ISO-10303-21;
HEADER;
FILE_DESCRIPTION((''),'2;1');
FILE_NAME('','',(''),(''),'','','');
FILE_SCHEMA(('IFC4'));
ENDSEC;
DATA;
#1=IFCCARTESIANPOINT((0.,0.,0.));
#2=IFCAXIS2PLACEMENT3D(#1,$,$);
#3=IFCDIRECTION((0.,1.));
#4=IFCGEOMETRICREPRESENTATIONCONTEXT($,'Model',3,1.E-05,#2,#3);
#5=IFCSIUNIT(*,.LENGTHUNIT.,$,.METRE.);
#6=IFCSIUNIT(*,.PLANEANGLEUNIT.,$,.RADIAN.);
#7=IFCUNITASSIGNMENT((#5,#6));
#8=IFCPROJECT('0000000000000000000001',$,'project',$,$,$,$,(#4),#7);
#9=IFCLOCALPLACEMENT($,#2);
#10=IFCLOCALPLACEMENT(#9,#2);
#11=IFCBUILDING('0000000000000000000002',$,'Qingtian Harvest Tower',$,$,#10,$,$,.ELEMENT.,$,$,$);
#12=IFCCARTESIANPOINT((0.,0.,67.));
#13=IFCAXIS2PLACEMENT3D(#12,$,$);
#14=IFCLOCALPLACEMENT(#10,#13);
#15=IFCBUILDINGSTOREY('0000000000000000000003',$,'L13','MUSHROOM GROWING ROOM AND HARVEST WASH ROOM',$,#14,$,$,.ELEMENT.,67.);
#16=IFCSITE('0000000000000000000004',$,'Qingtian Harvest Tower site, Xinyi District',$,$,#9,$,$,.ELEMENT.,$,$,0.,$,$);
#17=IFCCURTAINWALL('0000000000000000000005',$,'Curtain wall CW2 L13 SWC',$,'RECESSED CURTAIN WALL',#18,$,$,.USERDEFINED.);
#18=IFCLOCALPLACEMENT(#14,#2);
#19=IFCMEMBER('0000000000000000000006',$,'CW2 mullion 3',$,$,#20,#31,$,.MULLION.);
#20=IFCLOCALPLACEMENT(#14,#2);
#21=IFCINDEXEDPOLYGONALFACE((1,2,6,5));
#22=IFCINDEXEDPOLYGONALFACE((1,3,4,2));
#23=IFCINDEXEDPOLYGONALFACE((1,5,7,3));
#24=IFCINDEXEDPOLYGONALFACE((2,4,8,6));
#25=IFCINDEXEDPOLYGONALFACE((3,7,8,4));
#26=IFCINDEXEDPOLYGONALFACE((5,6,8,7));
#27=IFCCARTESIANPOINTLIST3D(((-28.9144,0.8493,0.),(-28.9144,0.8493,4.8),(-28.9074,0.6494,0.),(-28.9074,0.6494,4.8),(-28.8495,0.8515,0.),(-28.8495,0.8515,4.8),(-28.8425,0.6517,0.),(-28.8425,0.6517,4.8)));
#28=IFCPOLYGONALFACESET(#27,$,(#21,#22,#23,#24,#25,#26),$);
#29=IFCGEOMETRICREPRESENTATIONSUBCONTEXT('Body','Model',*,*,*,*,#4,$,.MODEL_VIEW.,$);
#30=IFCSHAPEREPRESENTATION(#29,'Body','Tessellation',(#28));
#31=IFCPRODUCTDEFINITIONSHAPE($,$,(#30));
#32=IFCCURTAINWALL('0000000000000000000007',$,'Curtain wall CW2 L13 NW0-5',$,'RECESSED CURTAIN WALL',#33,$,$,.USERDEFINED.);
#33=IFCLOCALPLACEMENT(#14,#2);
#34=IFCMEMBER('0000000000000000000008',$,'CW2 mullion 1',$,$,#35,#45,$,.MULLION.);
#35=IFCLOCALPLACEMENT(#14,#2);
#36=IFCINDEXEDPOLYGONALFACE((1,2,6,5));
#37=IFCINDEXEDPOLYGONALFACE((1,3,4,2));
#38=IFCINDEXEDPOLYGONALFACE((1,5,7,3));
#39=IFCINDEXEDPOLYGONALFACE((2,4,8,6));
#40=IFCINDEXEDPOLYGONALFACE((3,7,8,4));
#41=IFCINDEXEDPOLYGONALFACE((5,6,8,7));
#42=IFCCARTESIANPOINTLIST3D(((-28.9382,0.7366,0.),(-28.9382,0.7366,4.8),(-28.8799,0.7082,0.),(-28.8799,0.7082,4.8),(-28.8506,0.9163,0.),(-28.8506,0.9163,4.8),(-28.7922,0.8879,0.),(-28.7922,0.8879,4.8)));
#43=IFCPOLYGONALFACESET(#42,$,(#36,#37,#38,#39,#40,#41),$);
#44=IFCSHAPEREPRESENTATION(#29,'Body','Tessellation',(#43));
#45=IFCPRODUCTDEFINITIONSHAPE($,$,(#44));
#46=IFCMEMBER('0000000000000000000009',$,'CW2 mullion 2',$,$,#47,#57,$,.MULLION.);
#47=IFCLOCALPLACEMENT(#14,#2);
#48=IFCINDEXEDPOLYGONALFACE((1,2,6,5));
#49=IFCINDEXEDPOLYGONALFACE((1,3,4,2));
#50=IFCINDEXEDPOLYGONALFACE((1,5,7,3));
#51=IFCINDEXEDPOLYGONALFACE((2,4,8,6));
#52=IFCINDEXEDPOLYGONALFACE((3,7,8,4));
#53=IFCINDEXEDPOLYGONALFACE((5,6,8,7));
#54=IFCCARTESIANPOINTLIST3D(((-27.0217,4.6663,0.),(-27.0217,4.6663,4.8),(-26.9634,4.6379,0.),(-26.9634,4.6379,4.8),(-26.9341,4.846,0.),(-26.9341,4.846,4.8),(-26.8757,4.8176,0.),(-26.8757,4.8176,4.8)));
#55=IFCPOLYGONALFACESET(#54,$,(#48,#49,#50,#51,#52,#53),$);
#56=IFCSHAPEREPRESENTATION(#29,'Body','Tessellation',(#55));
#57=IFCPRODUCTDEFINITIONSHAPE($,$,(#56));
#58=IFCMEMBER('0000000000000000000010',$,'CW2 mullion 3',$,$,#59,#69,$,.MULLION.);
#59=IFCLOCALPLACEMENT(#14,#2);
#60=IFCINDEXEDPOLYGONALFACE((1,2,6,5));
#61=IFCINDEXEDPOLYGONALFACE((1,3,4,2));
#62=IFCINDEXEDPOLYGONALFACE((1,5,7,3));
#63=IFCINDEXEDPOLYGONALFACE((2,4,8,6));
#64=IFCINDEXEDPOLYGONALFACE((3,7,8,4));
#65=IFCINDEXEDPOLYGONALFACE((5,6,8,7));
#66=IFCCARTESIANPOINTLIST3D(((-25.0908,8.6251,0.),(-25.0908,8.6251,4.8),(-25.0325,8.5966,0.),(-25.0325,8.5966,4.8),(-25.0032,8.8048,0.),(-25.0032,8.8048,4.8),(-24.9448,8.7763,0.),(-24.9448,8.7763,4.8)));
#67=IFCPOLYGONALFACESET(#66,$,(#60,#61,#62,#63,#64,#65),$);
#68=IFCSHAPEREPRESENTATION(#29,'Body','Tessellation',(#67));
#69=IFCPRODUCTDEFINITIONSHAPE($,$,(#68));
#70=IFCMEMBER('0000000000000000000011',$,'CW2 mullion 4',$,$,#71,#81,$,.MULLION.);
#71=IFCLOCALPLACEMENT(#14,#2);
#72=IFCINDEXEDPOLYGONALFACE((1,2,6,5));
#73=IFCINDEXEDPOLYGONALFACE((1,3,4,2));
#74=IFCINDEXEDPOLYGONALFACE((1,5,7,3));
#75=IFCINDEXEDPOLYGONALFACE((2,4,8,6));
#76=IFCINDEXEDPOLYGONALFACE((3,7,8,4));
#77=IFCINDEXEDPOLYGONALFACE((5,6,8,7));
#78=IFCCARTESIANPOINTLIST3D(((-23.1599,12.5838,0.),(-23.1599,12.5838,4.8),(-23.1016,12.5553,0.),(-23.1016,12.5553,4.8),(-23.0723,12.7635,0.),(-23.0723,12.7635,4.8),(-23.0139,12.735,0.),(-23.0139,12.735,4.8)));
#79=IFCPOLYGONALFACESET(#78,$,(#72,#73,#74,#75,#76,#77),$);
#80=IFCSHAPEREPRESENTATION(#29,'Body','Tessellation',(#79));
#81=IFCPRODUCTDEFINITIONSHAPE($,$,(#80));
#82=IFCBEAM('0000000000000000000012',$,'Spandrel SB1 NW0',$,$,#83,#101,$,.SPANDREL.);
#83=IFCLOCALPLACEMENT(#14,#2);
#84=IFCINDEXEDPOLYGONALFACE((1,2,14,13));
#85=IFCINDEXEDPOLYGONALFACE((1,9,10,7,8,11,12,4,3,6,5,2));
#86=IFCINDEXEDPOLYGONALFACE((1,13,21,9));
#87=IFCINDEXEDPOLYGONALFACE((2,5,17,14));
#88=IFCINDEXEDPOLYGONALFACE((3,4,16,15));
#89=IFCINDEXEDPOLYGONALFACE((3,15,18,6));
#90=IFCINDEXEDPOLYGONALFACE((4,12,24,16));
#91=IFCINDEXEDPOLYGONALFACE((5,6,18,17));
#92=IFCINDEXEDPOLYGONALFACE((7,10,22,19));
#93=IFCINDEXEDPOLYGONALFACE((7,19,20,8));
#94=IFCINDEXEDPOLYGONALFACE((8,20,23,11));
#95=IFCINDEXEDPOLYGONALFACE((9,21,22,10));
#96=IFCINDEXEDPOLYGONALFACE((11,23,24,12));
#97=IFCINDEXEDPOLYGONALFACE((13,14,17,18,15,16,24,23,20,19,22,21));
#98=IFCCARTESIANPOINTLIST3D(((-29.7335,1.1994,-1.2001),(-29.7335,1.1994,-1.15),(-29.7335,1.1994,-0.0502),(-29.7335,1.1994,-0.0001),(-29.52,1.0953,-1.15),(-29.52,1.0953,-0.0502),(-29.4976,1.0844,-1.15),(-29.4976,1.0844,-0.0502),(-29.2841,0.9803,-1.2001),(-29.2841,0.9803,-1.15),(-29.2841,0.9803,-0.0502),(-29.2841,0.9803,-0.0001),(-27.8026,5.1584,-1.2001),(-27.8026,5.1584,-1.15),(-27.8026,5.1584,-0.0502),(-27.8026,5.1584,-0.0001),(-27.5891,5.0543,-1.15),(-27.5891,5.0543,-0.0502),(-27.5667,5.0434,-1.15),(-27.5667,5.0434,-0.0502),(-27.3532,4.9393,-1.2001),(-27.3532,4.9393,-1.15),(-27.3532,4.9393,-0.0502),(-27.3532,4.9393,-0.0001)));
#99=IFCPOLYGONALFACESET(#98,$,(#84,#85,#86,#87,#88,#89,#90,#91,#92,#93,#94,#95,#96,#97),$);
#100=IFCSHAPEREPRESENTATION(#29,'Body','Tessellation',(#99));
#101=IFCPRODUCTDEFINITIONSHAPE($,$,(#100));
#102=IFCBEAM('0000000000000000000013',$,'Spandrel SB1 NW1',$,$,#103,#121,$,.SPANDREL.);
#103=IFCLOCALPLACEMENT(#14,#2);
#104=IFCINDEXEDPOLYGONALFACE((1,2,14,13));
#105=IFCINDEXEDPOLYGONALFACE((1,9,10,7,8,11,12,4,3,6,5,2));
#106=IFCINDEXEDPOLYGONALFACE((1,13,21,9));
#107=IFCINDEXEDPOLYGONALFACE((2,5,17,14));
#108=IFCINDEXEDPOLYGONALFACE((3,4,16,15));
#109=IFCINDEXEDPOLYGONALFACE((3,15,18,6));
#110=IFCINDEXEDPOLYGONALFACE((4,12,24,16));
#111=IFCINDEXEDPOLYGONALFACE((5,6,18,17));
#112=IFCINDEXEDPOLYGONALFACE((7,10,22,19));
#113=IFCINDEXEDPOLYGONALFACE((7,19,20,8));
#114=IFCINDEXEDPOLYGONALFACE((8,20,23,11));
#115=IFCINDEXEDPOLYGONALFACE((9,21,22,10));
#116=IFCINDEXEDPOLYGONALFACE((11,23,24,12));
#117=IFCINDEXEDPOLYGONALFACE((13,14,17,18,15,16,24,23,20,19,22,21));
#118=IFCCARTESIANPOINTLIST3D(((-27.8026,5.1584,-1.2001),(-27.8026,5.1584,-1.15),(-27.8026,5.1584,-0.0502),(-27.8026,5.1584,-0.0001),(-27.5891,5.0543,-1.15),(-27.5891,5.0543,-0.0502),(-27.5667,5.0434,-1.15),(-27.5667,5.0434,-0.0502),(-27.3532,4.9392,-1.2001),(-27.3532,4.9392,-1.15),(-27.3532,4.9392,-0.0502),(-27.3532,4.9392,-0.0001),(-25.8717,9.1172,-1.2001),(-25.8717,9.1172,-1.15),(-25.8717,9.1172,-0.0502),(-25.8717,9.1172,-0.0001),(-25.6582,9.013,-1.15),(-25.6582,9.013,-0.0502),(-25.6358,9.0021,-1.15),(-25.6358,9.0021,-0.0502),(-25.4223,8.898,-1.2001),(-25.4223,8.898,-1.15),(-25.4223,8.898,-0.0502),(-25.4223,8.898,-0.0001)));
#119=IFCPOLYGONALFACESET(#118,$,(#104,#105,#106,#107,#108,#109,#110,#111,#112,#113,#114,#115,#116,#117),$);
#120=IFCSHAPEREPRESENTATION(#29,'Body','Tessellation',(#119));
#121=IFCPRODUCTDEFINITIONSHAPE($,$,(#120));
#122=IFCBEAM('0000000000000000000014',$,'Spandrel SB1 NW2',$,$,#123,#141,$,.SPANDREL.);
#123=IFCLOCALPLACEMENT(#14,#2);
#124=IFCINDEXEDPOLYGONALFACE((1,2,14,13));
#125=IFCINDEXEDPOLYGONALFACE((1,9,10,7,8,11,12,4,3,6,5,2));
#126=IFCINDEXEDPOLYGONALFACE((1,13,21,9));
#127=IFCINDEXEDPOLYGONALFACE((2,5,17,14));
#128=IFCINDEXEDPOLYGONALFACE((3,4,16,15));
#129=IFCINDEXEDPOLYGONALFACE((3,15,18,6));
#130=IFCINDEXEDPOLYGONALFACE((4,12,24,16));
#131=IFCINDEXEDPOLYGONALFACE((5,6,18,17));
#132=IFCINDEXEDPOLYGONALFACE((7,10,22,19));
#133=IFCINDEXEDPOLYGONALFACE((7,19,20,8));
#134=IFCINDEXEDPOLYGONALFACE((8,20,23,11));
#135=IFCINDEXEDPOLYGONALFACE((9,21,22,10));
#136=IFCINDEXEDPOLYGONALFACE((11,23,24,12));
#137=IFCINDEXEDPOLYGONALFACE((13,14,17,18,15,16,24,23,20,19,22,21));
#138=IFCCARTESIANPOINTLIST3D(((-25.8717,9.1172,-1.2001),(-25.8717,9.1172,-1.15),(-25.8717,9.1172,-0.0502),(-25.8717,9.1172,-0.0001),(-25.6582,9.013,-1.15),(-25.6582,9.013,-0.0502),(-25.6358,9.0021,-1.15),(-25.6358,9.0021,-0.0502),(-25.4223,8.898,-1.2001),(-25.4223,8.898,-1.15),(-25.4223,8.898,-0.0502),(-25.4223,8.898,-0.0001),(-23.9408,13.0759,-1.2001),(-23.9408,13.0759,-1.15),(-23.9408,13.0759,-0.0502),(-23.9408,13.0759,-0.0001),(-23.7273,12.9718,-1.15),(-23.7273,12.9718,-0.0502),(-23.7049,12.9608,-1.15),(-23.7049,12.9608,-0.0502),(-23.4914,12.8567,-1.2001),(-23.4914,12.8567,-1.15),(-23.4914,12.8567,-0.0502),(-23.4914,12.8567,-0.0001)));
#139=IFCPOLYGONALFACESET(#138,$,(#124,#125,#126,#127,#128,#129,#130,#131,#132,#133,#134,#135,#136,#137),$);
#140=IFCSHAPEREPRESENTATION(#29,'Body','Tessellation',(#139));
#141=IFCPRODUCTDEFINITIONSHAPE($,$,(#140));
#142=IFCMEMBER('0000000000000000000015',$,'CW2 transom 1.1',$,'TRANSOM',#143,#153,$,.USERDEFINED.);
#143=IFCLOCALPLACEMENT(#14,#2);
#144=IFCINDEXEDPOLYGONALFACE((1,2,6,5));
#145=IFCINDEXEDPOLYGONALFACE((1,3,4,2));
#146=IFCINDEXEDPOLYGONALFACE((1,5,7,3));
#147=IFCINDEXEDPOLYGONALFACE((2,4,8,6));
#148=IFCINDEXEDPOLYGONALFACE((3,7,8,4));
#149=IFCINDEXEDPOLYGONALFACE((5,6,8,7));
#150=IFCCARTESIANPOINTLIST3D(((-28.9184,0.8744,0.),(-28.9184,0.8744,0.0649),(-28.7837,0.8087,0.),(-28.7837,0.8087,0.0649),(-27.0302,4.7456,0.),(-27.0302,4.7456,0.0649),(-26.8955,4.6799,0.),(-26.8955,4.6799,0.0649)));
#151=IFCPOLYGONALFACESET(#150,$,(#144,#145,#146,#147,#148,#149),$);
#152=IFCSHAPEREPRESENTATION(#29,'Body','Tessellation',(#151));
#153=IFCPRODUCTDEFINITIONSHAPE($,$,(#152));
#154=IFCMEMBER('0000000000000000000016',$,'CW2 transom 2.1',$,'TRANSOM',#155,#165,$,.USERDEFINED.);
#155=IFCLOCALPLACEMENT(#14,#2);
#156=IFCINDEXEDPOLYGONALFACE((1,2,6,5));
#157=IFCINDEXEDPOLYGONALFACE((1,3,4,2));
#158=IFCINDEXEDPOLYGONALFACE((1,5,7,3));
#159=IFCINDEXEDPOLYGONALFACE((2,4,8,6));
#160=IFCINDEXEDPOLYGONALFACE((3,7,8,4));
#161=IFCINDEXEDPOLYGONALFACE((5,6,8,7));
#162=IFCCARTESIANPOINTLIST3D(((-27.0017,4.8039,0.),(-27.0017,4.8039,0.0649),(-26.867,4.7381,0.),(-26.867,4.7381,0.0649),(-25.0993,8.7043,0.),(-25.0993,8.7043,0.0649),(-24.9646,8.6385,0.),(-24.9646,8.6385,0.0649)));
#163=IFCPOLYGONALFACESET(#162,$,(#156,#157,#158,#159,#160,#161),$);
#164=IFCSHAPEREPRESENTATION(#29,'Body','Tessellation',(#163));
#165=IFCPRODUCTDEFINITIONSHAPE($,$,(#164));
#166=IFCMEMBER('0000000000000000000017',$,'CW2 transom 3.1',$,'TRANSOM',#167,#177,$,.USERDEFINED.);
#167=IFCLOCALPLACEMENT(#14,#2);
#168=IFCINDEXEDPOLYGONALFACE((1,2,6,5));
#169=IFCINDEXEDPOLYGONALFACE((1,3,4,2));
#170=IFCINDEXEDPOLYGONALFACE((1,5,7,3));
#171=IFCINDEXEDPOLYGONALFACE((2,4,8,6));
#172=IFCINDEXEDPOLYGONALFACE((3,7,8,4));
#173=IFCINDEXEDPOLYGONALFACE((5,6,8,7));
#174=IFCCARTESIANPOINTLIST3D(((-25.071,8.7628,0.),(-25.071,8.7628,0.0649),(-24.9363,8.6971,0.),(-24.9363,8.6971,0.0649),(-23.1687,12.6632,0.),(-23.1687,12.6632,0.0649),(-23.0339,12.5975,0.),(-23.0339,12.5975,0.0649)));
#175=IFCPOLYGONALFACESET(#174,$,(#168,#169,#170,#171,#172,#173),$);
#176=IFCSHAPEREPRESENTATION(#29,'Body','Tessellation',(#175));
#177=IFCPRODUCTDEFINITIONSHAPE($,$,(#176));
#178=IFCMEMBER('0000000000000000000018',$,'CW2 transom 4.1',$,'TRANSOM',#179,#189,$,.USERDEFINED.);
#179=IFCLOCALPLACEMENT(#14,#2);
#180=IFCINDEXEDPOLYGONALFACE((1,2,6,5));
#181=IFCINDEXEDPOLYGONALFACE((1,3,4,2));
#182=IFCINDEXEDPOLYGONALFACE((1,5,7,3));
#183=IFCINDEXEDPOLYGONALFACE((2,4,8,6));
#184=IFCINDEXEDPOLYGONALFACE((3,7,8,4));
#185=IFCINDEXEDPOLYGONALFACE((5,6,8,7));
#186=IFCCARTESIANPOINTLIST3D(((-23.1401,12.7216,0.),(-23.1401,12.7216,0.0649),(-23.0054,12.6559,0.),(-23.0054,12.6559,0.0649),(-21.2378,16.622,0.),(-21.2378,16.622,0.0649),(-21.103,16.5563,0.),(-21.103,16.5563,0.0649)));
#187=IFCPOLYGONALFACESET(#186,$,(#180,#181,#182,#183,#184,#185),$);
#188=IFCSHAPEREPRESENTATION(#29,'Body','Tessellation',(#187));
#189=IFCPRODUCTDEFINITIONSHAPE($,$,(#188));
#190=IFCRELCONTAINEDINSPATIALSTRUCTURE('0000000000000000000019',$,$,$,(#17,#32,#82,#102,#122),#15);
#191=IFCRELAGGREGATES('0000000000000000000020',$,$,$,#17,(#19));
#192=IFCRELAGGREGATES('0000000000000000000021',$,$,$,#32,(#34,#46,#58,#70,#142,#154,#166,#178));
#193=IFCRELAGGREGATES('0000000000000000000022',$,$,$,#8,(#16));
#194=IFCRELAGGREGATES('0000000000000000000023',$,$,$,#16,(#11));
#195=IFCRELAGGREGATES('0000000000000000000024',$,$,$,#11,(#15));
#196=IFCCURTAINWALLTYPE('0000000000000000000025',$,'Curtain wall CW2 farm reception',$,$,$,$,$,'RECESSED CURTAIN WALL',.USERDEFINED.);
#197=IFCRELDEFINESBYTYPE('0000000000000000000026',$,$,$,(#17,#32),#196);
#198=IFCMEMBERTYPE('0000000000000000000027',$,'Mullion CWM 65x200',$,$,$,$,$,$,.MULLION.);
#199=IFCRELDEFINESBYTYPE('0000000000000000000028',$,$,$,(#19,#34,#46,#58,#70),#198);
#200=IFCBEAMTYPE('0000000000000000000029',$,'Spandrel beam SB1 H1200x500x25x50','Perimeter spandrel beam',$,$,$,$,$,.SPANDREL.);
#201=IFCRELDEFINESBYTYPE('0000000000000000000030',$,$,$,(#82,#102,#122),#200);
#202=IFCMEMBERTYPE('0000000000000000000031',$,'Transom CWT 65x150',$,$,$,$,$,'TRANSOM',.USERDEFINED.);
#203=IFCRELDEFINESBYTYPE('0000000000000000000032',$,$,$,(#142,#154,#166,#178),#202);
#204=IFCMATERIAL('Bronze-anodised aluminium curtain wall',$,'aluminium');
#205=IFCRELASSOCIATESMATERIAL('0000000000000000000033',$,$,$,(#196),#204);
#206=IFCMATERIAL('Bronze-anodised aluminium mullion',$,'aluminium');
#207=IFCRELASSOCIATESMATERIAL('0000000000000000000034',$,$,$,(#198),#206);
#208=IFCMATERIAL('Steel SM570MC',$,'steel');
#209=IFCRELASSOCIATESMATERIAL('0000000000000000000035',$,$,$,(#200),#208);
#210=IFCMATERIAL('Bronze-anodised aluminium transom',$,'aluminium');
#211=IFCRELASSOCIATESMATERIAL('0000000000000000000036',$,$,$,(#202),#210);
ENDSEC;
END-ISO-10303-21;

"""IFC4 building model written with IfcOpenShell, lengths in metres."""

from ifc_helpers import new_model, si_unit, direction, frame, origin, origin_2d, place, context, subcontext, project, spatial, rectangle, i_section, extrude, material, material_profile, profile_set, type_object, element, aggregate, save


model = new_model("IFC4")

# Units and contexts
model_context = context("Model", 3, precision=1e-05, world=origin(), true_north=direction((0.0, 1.0)))
body_context = subcontext(model_context, "Body", "Model", "MODEL_VIEW")
ifc_project = project(units=[si_unit("LENGTHUNIT", "METRE"), si_unit("PLANEANGLEUNIT", "RADIAN")], contexts=[model_context])

# Site, building, storey
site_placement = place(None, origin())
site = spatial("IfcSite", under=ifc_project, at=site_placement, Name="Qingtian Harvest Tower site, Xinyi District", CompositionType="ELEMENT", RefElevation=0.0)
building_placement = place(site_placement, origin())
building = spatial("IfcBuilding", under=site, at=building_placement, Name="Qingtian Harvest Tower", CompositionType="ELEMENT")
storey_placement = place(building_placement, frame((0.0, 0.0, 67.0)))
storey = spatial("IfcBuildingStorey", under=building, at=storey_placement, Name="L13", Description="MUSHROOM GROWING ROOM AND HARVEST WASH ROOM", CompositionType="ELEMENT", Elevation=67.0)

# Curtain wall, member
ifc_material_1 = material(Name="Bronze-anodised aluminium curtain wall", Category="aluminium")
curtain_wall_type = type_object("IfcCurtainWallType", Name="Curtain wall CW2 farm reception", ElementType="RECESSED CURTAIN WALL", PredefinedType="USERDEFINED", material=ifc_material_1)
curtain_wall_1_placement = place(storey_placement, origin())
curtain_wall_1 = element("IfcCurtainWall", 1, at=curtain_wall_1_placement, inside=storey, type_object=curtain_wall_type, Name="Curtain wall CW2 L13 SWC", ObjectType="RECESSED CURTAIN WALL", PredefinedType="USERDEFINED")
ifc_material_2 = material(Name="Bronze-anodised aluminium mullion", Category="aluminium")
ifc_material_profile_1 = material_profile(ifc_material_2, rectangle(XDim=0.0649, YDim=0.2, at=origin_2d()), Name="AL 65x200")
ifc_profile_set_1 = profile_set([ifc_material_profile_1], Name="Bronze-anodised aluminium mullion")
member_type_1 = type_object("IfcMemberType", Name="Mullion CWM 65x200", PredefinedType="MULLION", material=ifc_profile_set_1)
member_1_placement = place(storey_placement, frame((-28.8784, 0.7505, 0.0), z_axis=(0.0, 0.0, 1.0), x_axis=(-0.999391, -0.034899, 0.0)))
member_1 = element("IfcMember", 2, at=member_1_placement, type_object=member_type_1, Name="CW2 mullion 3", PredefinedType="MULLION", context=body_context, shape_type="SweptSolid", body=[
    extrude(rectangle(XDim=0.0649, YDim=0.2, at=origin_2d()), origin(), (0.0, 0.0, 1.0), 4.8),
])
aggregate(curtain_wall_1, [member_1])

# Curtain wall, members
curtain_wall_2_placement = place(storey_placement, origin())
curtain_wall_2 = element("IfcCurtainWall", 3, at=curtain_wall_2_placement, inside=storey, type_object=curtain_wall_type, Name="Curtain wall CW2 L13 NW0-5", ObjectType="RECESSED CURTAIN WALL", PredefinedType="USERDEFINED")
member_2_placement = place(storey_placement, frame((-28.8652, 0.8123, 0.0), z_axis=(0.0, 0.0, 1.0), x_axis=(-0.898794, 0.438371, 0.0)))
member_2 = element("IfcMember", 4, at=member_2_placement, type_object=member_type_1, Name="CW2 mullion 1", PredefinedType="MULLION", context=body_context, shape_type="SweptSolid", body=[
    extrude(rectangle(XDim=0.0649, YDim=0.2, at=origin_2d()), origin(), (0.0, 0.0, 1.0), 4.8),
])
member_3_placement = place(storey_placement, frame((-26.9487, 4.7419, 0.0), z_axis=(0.0, 0.0, 1.0), x_axis=(-0.898794, 0.438371, 0.0)))
member_3 = element("IfcMember", 5, at=member_3_placement, type_object=member_type_1, Name="CW2 mullion 2", PredefinedType="MULLION", context=body_context, shape_type="SweptSolid", body=[
    extrude(rectangle(XDim=0.0649, YDim=0.2, at=origin_2d()), origin(), (0.0, 0.0, 1.0), 4.8),
])
member_4_placement = place(storey_placement, frame((-25.0178, 8.7007, 0.0), z_axis=(0.0, 0.0, 1.0), x_axis=(-0.898794, 0.438371, 0.0)))
member_4 = element("IfcMember", 6, at=member_4_placement, type_object=member_type_1, Name="CW2 mullion 3", PredefinedType="MULLION", context=body_context, shape_type="SweptSolid", body=[
    extrude(rectangle(XDim=0.0649, YDim=0.2, at=origin_2d()), origin(), (0.0, 0.0, 1.0), 4.8),
])
member_5_placement = place(storey_placement, frame((-23.0869, 12.6594, 0.0), z_axis=(0.0, 0.0, 1.0), x_axis=(-0.898794, 0.438371, 0.0)))
member_5 = element("IfcMember", 7, at=member_5_placement, type_object=member_type_1, Name="CW2 mullion 4", PredefinedType="MULLION", context=body_context, shape_type="SweptSolid", body=[
    extrude(rectangle(XDim=0.0649, YDim=0.2, at=origin_2d()), origin(), (0.0, 0.0, 1.0), 4.8),
])

# Beams
ifc_material_3 = material(Name="Steel SM570MC", Category="steel")
ifc_material_profile_2 = material_profile(ifc_material_3, i_section(OverallWidth=0.5, OverallDepth=1.2, WebThickness=0.0249, FlangeThickness=0.05, at=origin_2d()), Name="H1200x500x25x50")
ifc_profile_set_2 = profile_set([ifc_material_profile_2], Name="Steel SM570MC")
beam_type_1 = type_object("IfcBeamType", Name="Spandrel beam SB1 H1200x500x25x50", Description="Perimeter spandrel beam", PredefinedType="SPANDREL", material=ifc_profile_set_2)
beam_1_placement = place(storey_placement, frame((-29.5088, 1.0898, -0.6001), z_axis=(0.438368, 0.898796, 0.0), x_axis=(-0.898796, 0.438368, 0.0)))
element("IfcBeam", 8, at=beam_1_placement, inside=storey, type_object=beam_type_1, Name="Spandrel SB1 NW0", PredefinedType="SPANDREL", context=body_context, shape_type="SweptSolid", body=[
    extrude(i_section(OverallWidth=0.5, OverallDepth=1.2, WebThickness=0.0249, FlangeThickness=0.05, at=origin_2d()), origin(), (0.0, 0.0, 1.0), 4.4048),
])
for number, where, z_axis, x_axis, name in (
    (9, (-27.5779, 5.0488, -0.6001), (0.43839, 0.898785, 0.0), (-0.898785, 0.43839, 0.0), "Spandrel SB1 NW1"),
    (10, (-25.647, 9.0076, -0.6001), (0.43839, 0.898785, 0.0), (-0.898785, 0.43839, 0.0), "Spandrel SB1 NW2"),
):
    element("IfcBeam", number, at=place(storey_placement, frame(where, z_axis=z_axis, x_axis=x_axis)), inside=storey, type_object=beam_type_1, Name=name, PredefinedType="SPANDREL", context=body_context, shape_type="SweptSolid", body=[
        extrude(i_section(OverallWidth=0.5, OverallDepth=1.2, WebThickness=0.0249, FlangeThickness=0.05, at=origin_2d()), origin(), (0.0, 0.0, 1.0), 4.4045),
    ])

# Members
ifc_material_4 = material(Name="Bronze-anodised aluminium transom", Category="aluminium")
ifc_material_profile_3 = material_profile(ifc_material_4, rectangle(XDim=0.1499, YDim=0.0649, at=origin_2d()), Name="AL 65x150")
ifc_profile_set_3 = profile_set([ifc_material_profile_3], Name="Bronze-anodised aluminium transom")
member_type_2 = type_object("IfcMemberType", Name="Transom CWT 65x150", ElementType="TRANSOM", PredefinedType="USERDEFINED", material=ifc_profile_set_3)
member_6_placement = place(storey_placement, frame((-28.8511, 0.8416, 0.0325), z_axis=(0.438395, 0.898783, 0.0), x_axis=(-0.898783, 0.438395, 0.0)))
member_6 = element("IfcMember", 11, at=member_6_placement, type_object=member_type_2, Name="CW2 transom 1.1", ObjectType="TRANSOM", PredefinedType="USERDEFINED", context=body_context, shape_type="SweptSolid", body=[
    extrude(rectangle(XDim=0.1499, YDim=0.0649, at=origin_2d()), origin(), (0.0, 0.0, 1.0), 4.3071),
])
member_7_placement = place(storey_placement, frame((-26.9343, 4.771, 0.0325), z_axis=(0.43837, 0.898794, 0.0), x_axis=(-0.898794, 0.43837, 0.0)))
member_7 = element("IfcMember", 12, at=member_7_placement, type_object=member_type_2, Name="CW2 transom 2.1", ObjectType="TRANSOM", PredefinedType="USERDEFINED", context=body_context, shape_type="SweptSolid", body=[
    extrude(rectangle(XDim=0.1499, YDim=0.0649, at=origin_2d()), origin(), (0.0, 0.0, 1.0), 4.3396),
])
member_8_placement = place(storey_placement, frame((-25.0037, 8.73, 0.0325), z_axis=(0.43837, 0.898794, 0.0), x_axis=(-0.898794, 0.43837, 0.0)))
member_8 = element("IfcMember", 13, at=member_8_placement, type_object=member_type_2, Name="CW2 transom 3.1", ObjectType="TRANSOM", PredefinedType="USERDEFINED", context=body_context, shape_type="SweptSolid", body=[
    extrude(rectangle(XDim=0.1499, YDim=0.0649, at=origin_2d()), origin(), (0.0, 0.0, 1.0), 4.3396),
])
member_9_placement = place(storey_placement, frame((-23.0728, 12.6887, 0.0325), z_axis=(0.43837, 0.898794, 0.0), x_axis=(-0.898794, 0.43837, 0.0)))
member_9 = element("IfcMember", 14, at=member_9_placement, type_object=member_type_2, Name="CW2 transom 4.1", ObjectType="TRANSOM", PredefinedType="USERDEFINED", context=body_context, shape_type="SweptSolid", body=[
    extrude(rectangle(XDim=0.1499, YDim=0.0649, at=origin_2d()), origin(), (0.0, 0.0, 1.0), 4.3396),
])

aggregate(curtain_wall_2, [member_2, member_3, member_4, member_5, member_6, member_7, member_8, member_9])

save(model, "model.ifc")
